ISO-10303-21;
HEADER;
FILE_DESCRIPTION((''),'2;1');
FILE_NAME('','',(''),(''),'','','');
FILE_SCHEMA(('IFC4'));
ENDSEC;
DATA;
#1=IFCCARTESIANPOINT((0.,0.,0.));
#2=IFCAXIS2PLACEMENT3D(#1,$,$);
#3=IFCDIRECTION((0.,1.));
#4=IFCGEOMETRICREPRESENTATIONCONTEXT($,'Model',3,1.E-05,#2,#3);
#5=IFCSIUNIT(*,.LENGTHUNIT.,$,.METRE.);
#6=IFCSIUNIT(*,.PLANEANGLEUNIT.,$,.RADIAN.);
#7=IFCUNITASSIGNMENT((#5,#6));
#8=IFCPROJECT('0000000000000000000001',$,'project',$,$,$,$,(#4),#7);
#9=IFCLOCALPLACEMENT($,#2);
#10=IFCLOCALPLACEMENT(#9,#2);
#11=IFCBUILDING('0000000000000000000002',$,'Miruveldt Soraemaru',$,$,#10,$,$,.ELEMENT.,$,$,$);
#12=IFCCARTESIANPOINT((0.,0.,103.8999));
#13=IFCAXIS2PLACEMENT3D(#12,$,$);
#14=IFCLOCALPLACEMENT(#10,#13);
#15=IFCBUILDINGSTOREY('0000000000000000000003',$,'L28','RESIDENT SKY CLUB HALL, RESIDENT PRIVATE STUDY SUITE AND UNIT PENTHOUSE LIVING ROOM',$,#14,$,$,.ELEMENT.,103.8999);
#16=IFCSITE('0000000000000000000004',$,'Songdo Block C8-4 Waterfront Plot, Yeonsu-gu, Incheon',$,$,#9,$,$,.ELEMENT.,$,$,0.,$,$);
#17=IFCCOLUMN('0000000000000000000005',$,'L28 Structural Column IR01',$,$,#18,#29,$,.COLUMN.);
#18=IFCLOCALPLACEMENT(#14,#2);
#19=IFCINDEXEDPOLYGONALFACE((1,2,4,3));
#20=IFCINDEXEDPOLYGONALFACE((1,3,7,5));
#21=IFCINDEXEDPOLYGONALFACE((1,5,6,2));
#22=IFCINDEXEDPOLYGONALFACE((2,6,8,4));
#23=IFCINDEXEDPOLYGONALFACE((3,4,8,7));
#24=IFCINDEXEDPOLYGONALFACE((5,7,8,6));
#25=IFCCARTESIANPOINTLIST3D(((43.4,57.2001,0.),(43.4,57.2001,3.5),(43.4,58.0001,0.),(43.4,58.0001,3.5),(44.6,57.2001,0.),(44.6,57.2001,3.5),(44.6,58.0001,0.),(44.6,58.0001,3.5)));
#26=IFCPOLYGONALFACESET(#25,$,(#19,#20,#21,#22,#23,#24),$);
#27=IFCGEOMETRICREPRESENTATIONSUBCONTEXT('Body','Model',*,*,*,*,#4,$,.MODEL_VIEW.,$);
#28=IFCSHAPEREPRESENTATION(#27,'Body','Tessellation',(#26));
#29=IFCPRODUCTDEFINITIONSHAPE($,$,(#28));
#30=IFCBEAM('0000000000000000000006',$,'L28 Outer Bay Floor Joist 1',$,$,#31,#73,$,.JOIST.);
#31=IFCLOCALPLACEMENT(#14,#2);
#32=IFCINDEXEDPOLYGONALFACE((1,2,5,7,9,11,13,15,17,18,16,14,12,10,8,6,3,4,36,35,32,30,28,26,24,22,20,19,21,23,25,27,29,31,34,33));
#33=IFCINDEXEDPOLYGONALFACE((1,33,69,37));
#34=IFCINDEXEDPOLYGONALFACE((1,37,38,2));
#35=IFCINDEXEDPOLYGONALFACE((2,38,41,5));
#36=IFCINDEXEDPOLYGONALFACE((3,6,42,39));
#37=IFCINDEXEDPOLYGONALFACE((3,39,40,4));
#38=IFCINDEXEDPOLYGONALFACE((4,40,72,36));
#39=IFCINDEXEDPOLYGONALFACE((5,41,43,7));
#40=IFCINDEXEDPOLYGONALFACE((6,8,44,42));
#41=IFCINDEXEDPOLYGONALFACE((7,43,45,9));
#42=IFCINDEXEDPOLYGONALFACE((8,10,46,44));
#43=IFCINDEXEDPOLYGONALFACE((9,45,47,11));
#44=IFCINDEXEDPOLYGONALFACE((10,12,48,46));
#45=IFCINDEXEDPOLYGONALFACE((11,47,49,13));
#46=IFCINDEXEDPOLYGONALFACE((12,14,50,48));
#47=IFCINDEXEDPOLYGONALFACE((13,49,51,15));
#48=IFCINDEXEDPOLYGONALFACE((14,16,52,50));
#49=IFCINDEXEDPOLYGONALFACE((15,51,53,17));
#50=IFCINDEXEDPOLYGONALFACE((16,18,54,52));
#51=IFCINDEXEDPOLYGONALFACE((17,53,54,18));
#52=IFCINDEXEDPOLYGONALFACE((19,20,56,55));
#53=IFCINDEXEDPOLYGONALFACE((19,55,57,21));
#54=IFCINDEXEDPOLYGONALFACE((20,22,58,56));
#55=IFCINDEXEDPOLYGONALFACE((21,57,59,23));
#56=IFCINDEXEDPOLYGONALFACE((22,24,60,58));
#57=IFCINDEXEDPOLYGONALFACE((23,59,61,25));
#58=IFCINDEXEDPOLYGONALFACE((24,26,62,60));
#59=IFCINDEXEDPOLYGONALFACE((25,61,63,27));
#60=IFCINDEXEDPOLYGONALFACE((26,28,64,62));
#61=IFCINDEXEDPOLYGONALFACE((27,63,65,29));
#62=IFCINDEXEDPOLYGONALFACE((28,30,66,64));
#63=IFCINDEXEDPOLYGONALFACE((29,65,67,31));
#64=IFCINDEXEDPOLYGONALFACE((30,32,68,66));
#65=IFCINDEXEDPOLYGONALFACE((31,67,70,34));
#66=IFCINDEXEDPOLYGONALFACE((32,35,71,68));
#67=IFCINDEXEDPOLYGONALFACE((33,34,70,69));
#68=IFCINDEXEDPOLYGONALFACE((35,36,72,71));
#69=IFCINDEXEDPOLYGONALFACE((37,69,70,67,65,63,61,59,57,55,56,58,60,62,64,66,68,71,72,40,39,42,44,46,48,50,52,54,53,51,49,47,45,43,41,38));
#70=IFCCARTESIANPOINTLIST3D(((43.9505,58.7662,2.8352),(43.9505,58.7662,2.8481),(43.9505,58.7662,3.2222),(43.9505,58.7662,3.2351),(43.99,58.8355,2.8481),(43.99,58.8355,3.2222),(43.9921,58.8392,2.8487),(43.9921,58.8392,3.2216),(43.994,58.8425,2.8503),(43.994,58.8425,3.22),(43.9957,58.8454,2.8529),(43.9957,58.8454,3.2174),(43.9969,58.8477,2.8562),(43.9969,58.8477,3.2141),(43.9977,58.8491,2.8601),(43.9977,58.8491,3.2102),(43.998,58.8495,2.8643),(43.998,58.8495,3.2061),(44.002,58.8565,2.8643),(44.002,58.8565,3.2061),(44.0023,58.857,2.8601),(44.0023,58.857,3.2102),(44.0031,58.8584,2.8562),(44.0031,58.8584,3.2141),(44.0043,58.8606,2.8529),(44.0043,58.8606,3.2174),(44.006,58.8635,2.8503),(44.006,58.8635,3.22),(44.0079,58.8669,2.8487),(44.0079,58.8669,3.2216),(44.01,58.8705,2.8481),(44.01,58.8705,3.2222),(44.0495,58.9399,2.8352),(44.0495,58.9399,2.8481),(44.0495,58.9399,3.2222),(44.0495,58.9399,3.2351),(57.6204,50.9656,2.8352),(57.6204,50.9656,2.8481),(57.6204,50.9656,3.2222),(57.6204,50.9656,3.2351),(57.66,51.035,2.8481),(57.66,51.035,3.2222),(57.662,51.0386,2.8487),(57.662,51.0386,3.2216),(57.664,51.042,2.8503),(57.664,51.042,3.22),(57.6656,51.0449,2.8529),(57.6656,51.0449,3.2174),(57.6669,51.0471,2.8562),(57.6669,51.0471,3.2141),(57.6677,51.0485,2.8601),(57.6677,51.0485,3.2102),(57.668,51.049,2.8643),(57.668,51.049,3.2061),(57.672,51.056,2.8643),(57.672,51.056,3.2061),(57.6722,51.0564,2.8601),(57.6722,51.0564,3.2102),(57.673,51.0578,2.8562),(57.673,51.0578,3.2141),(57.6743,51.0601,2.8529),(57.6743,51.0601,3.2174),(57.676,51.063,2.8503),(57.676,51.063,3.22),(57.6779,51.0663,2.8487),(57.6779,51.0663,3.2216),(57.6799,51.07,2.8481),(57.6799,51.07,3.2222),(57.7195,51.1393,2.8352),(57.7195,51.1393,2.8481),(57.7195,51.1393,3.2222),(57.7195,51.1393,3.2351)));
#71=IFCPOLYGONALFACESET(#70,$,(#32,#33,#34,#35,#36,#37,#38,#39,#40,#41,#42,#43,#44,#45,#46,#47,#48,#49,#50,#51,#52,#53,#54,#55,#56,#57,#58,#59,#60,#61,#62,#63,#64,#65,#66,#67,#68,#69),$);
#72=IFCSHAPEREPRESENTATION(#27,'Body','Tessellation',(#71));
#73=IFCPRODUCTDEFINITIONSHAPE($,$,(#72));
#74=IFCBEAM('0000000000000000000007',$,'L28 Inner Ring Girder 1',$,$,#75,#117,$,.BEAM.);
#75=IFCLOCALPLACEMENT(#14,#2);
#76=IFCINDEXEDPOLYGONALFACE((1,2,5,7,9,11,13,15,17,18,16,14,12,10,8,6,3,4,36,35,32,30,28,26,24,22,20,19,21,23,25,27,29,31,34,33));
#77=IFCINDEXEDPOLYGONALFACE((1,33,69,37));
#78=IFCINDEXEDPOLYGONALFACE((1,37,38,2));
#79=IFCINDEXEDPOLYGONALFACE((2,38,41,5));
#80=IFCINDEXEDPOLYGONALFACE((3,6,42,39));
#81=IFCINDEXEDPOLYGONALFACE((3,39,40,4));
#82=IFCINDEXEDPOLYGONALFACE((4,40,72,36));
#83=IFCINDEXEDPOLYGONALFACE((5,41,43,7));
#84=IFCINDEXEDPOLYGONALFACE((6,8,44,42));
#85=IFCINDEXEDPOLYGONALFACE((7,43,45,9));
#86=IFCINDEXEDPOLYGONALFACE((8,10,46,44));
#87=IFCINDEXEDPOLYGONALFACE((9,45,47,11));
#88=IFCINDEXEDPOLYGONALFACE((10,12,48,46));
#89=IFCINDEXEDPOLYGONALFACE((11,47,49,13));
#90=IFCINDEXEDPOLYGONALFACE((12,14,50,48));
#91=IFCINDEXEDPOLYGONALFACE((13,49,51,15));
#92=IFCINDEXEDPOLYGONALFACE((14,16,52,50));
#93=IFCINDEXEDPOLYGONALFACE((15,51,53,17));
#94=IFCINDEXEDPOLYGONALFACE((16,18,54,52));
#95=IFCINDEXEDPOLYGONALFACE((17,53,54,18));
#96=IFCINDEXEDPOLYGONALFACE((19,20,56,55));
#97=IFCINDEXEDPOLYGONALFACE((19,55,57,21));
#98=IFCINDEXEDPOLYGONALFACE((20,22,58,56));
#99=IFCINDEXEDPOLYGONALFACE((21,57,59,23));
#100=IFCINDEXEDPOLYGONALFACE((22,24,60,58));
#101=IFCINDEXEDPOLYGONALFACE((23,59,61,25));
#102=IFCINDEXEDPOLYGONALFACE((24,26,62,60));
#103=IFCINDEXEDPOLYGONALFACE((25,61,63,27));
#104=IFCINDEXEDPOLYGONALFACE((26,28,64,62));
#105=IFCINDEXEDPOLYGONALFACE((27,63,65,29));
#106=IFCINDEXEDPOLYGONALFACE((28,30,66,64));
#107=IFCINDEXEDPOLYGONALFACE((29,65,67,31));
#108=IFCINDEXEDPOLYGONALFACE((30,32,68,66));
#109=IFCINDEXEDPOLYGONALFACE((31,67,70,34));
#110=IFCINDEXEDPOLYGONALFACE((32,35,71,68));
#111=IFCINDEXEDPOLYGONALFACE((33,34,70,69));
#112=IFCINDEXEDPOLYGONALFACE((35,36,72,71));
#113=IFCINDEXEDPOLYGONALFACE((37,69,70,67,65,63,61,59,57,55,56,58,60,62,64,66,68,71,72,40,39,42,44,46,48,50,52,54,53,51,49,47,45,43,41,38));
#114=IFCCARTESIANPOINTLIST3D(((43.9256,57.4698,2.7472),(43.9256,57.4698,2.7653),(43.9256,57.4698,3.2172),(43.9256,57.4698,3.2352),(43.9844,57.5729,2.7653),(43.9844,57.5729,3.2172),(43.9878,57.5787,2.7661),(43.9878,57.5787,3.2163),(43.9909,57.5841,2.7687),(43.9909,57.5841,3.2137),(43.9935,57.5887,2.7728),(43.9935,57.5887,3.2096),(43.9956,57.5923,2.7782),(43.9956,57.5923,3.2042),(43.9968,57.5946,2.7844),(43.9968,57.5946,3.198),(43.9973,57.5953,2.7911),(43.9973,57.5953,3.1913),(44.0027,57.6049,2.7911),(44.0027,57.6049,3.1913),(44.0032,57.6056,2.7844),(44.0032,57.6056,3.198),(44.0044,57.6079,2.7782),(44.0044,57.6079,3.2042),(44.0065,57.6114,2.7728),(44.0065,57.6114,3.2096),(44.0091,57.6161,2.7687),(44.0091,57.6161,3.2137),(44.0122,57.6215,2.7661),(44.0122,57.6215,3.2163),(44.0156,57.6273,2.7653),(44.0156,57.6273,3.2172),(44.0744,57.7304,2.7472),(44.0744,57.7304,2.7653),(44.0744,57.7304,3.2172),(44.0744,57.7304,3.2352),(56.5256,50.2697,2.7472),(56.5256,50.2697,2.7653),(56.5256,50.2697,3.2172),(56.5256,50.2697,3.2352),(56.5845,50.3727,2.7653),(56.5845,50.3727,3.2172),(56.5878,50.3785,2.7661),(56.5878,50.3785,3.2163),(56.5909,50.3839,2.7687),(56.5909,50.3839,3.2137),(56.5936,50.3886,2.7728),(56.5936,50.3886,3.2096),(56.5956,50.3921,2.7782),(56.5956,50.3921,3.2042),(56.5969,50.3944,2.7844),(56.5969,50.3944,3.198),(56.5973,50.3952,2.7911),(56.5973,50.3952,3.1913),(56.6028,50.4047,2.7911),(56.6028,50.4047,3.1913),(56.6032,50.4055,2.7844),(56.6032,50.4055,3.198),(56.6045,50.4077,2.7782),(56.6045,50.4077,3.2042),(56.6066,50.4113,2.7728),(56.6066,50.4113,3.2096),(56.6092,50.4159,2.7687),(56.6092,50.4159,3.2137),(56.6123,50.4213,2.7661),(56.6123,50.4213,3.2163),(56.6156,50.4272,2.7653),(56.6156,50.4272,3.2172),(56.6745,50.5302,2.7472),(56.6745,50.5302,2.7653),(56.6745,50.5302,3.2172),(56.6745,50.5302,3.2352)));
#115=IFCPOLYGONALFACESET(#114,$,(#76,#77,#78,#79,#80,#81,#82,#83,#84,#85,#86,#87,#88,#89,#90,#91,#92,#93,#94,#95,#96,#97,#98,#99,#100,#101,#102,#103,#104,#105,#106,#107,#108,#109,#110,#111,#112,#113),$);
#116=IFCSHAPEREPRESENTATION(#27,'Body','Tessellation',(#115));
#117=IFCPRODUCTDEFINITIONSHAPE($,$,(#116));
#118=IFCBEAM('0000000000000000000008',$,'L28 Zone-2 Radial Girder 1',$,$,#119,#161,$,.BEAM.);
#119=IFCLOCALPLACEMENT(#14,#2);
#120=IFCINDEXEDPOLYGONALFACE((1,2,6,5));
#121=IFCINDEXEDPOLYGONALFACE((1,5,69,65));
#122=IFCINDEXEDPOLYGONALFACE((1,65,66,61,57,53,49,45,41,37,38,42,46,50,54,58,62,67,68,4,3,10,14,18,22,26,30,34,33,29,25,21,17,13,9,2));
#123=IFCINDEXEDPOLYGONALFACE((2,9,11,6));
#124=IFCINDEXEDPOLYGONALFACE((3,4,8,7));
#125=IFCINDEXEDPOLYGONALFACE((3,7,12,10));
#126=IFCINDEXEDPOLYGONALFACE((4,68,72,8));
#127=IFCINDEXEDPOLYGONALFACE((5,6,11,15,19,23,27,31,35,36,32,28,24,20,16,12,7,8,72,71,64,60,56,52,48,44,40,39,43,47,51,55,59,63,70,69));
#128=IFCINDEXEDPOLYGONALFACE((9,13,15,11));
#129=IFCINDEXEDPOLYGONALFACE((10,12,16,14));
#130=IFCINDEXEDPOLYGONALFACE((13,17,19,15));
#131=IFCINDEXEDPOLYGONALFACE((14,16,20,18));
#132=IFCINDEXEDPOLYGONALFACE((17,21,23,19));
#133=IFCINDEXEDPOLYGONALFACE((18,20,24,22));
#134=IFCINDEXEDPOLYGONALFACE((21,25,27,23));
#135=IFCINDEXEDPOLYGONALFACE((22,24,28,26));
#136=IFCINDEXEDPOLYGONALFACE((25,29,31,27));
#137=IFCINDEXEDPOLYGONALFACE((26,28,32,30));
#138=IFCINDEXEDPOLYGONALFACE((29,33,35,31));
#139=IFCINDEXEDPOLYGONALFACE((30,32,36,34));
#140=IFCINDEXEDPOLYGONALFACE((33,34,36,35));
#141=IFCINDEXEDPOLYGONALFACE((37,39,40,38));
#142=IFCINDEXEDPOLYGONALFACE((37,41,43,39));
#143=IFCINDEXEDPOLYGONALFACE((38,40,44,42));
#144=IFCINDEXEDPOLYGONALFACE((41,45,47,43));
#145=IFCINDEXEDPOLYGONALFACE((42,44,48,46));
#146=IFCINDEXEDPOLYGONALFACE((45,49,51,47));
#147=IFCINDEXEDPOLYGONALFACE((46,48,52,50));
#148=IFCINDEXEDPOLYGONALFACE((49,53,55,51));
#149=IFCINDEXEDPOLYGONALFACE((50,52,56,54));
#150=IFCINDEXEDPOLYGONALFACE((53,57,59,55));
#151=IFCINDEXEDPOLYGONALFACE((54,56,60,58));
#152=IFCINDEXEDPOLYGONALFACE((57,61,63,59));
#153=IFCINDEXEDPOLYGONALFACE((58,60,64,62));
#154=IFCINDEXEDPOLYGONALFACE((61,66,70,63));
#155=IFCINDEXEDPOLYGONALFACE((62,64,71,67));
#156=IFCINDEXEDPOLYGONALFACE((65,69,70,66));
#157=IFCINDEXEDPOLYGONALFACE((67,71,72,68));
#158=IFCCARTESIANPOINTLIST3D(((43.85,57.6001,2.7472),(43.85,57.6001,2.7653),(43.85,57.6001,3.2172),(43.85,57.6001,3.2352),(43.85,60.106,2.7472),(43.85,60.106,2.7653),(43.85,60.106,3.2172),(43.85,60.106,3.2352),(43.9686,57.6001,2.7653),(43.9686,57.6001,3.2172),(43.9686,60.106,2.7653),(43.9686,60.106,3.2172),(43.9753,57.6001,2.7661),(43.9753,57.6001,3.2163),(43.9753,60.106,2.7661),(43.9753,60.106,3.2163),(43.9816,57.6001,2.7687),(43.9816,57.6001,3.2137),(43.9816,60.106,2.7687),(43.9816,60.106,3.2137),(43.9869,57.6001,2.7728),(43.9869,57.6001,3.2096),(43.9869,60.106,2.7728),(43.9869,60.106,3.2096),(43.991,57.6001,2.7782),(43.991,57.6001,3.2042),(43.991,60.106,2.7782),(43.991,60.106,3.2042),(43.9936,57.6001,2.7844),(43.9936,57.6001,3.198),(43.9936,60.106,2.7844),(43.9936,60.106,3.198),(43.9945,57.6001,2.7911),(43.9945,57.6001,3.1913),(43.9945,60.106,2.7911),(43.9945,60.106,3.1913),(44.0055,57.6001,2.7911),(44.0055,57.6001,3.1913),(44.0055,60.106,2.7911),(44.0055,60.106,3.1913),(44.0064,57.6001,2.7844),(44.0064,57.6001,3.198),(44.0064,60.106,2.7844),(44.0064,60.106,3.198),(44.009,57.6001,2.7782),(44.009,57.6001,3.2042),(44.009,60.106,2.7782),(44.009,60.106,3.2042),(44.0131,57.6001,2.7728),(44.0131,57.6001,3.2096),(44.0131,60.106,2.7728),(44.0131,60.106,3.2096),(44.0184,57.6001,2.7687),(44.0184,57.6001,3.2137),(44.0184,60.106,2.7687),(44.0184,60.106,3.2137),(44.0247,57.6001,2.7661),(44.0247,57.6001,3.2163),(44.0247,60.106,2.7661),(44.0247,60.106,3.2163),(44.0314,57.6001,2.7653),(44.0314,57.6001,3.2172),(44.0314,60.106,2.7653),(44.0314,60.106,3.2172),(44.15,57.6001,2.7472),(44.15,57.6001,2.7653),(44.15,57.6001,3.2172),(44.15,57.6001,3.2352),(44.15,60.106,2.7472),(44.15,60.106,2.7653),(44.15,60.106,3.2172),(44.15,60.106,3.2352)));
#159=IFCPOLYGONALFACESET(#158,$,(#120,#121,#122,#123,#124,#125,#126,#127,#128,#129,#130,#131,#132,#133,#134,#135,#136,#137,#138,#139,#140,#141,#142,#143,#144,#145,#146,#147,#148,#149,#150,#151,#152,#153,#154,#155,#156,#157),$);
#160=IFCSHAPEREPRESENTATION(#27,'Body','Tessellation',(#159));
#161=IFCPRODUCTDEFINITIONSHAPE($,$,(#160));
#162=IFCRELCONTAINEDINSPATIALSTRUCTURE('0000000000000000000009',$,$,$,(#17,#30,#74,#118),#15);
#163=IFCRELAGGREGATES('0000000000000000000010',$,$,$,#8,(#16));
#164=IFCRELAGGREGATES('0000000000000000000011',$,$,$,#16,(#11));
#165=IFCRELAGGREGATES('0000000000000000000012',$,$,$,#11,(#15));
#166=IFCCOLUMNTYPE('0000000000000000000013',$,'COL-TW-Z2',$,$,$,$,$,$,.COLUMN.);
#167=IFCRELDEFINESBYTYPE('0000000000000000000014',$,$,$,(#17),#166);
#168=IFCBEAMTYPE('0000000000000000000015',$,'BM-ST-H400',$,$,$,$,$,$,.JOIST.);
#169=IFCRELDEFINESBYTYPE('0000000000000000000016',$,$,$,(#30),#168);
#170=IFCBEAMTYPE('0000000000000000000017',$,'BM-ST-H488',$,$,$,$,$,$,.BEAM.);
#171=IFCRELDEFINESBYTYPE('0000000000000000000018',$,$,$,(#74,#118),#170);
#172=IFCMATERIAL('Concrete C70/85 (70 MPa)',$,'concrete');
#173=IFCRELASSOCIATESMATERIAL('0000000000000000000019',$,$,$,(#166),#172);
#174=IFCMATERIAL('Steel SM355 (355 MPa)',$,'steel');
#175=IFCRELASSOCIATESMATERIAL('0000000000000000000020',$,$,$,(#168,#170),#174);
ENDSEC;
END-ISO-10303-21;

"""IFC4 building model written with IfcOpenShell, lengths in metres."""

from ifc_helpers import new_model, si_unit, direction, frame, origin, origin_2d, place, context, subcontext, project, spatial, rectangle, i_section, extrude, material, material_profile, profile_set, type_object, element, save


model = new_model("IFC4")

# Units and contexts
model_context = context("Model", 3, precision=1e-05, world=origin(), true_north=direction((0.0, 1.0)))
body_context = subcontext(model_context, "Body", "Model", "MODEL_VIEW")
ifc_project = project(units=[si_unit("LENGTHUNIT", "METRE"), si_unit("PLANEANGLEUNIT", "RADIAN")], contexts=[model_context])

# Site, building, storey
site_placement = place(None, origin())
site = spatial("IfcSite", under=ifc_project, at=site_placement, Name="Songdo Block C8-4 Waterfront Plot, Yeonsu-gu, Incheon", CompositionType="ELEMENT", RefElevation=0.0)
building_placement = place(site_placement, origin())
building = spatial("IfcBuilding", under=site, at=building_placement, Name="Miruveldt Soraemaru", CompositionType="ELEMENT")
storey_placement = place(building_placement, frame((0.0, 0.0, 103.8999)))
storey = spatial("IfcBuildingStorey", under=building, at=storey_placement, Name="L28", Description="RESIDENT SKY CLUB HALL, RESIDENT PRIVATE STUDY SUITE AND UNIT PENTHOUSE LIVING ROOM", CompositionType="ELEMENT", Elevation=103.8999)

# Column
ifc_material_1 = material(Name="Concrete C70/85 (70 MPa)", Category="concrete")
ifc_material_profile_1 = material_profile(ifc_material_1, rectangle(XDim=1.2, YDim=0.8, at=origin_2d()), Name="Concrete C70/85 (70 MPa)", Category="concrete")
ifc_profile_set_1 = profile_set([ifc_material_profile_1], Name="Concrete C70/85 (70 MPa)")
column_type = type_object("IfcColumnType", Name="COL-TW-Z2", PredefinedType="COLUMN", material=ifc_profile_set_1)
column_placement = place(storey_placement, frame((44.0, 57.6001, 0.0), z_axis=(0.0, 0.0, 1.0), x_axis=(1.0, 0.0, 0.0)))
element("IfcColumn", 1, at=column_placement, inside=storey, type_object=column_type, Name="L28 Structural Column IR01", PredefinedType="COLUMN", context=body_context, shape_type="SweptSolid", body=[
    extrude(rectangle(XDim=1.2, YDim=0.8, at=origin_2d()), origin(), (0.0, 0.0, 1.0), 3.5),
])

# Beams
ifc_material_2 = material(Name="Steel SM355 (355 MPa)", Category="steel")
ifc_material_profile_2 = material_profile(ifc_material_2, i_section(OverallWidth=0.2, OverallDepth=0.3999, WebThickness=0.0081, FlangeThickness=0.0129, FilletRadius=0.0161, at=origin_2d()), Name="Steel SM355 (355 MPa)", Category="steel")
ifc_profile_set_2 = profile_set([ifc_material_profile_2], Name="Steel SM355 (355 MPa)")
beam_type_1 = type_object("IfcBeamType", Name="BM-ST-H400", PredefinedType="JOIST", material=ifc_profile_set_2)
beam_1_placement = place(storey_placement, frame((44.0, 58.853, 3.0352), z_axis=(0.86854, -0.495619, 0.0), x_axis=(0.495619, 0.86854, 0.0)))
element("IfcBeam", 2, at=beam_1_placement, inside=storey, type_object=beam_type_1, Name="L28 Outer Bay Floor Joist 1", PredefinedType="JOIST", context=body_context, shape_type="SweptSolid", body=[
    extrude(i_section(OverallWidth=0.2, OverallDepth=0.3999, WebThickness=0.0081, FlangeThickness=0.0129, FilletRadius=0.0161, at=origin_2d()), origin(), (0.0, 0.0, 1.0), 15.739),
])
ifc_material_profile_3 = material_profile(ifc_material_2, i_section(OverallWidth=0.3, OverallDepth=0.488, WebThickness=0.011, FlangeThickness=0.0181, FilletRadius=0.0259, at=origin_2d()), Name="Steel SM355 (355 MPa)", Category="steel")
ifc_profile_set_3 = profile_set([ifc_material_profile_3], Name="Steel SM355 (355 MPa)")
beam_type_2 = type_object("IfcBeamType", Name="BM-ST-H488", PredefinedType="BEAM", material=ifc_profile_set_3)
beam_2_placement = place(storey_placement, frame((44.0, 57.6001, 2.9912), z_axis=(0.868239, -0.496146, 0.0), x_axis=(0.496146, 0.868239, 0.0)))
element("IfcBeam", 3, at=beam_2_placement, inside=storey, type_object=beam_type_2, Name="L28 Inner Ring Girder 1", PredefinedType="BEAM", context=body_context, shape_type="SweptSolid", body=[
    extrude(i_section(OverallWidth=0.3, OverallDepth=0.488, WebThickness=0.011, FlangeThickness=0.0181, FilletRadius=0.0259, at=origin_2d()), origin(), (0.0, 0.0, 1.0), 14.5122),
])
beam_3_placement = place(storey_placement, frame((44.0, 57.6001, 2.9912), z_axis=(0.0, 1.0, 0.0), x_axis=(-1.0, 0.0, 0.0)))
element("IfcBeam", 4, at=beam_3_placement, inside=storey, type_object=beam_type_2, Name="L28 Zone-2 Radial Girder 1", PredefinedType="BEAM", context=body_context, shape_type="SweptSolid", body=[
    extrude(i_section(OverallWidth=0.3, OverallDepth=0.488, WebThickness=0.011, FlangeThickness=0.0181, FilletRadius=0.0259, at=origin_2d()), origin(), (0.0, 0.0, 1.0), 2.5059),
])

save(model, "model.ifc")
